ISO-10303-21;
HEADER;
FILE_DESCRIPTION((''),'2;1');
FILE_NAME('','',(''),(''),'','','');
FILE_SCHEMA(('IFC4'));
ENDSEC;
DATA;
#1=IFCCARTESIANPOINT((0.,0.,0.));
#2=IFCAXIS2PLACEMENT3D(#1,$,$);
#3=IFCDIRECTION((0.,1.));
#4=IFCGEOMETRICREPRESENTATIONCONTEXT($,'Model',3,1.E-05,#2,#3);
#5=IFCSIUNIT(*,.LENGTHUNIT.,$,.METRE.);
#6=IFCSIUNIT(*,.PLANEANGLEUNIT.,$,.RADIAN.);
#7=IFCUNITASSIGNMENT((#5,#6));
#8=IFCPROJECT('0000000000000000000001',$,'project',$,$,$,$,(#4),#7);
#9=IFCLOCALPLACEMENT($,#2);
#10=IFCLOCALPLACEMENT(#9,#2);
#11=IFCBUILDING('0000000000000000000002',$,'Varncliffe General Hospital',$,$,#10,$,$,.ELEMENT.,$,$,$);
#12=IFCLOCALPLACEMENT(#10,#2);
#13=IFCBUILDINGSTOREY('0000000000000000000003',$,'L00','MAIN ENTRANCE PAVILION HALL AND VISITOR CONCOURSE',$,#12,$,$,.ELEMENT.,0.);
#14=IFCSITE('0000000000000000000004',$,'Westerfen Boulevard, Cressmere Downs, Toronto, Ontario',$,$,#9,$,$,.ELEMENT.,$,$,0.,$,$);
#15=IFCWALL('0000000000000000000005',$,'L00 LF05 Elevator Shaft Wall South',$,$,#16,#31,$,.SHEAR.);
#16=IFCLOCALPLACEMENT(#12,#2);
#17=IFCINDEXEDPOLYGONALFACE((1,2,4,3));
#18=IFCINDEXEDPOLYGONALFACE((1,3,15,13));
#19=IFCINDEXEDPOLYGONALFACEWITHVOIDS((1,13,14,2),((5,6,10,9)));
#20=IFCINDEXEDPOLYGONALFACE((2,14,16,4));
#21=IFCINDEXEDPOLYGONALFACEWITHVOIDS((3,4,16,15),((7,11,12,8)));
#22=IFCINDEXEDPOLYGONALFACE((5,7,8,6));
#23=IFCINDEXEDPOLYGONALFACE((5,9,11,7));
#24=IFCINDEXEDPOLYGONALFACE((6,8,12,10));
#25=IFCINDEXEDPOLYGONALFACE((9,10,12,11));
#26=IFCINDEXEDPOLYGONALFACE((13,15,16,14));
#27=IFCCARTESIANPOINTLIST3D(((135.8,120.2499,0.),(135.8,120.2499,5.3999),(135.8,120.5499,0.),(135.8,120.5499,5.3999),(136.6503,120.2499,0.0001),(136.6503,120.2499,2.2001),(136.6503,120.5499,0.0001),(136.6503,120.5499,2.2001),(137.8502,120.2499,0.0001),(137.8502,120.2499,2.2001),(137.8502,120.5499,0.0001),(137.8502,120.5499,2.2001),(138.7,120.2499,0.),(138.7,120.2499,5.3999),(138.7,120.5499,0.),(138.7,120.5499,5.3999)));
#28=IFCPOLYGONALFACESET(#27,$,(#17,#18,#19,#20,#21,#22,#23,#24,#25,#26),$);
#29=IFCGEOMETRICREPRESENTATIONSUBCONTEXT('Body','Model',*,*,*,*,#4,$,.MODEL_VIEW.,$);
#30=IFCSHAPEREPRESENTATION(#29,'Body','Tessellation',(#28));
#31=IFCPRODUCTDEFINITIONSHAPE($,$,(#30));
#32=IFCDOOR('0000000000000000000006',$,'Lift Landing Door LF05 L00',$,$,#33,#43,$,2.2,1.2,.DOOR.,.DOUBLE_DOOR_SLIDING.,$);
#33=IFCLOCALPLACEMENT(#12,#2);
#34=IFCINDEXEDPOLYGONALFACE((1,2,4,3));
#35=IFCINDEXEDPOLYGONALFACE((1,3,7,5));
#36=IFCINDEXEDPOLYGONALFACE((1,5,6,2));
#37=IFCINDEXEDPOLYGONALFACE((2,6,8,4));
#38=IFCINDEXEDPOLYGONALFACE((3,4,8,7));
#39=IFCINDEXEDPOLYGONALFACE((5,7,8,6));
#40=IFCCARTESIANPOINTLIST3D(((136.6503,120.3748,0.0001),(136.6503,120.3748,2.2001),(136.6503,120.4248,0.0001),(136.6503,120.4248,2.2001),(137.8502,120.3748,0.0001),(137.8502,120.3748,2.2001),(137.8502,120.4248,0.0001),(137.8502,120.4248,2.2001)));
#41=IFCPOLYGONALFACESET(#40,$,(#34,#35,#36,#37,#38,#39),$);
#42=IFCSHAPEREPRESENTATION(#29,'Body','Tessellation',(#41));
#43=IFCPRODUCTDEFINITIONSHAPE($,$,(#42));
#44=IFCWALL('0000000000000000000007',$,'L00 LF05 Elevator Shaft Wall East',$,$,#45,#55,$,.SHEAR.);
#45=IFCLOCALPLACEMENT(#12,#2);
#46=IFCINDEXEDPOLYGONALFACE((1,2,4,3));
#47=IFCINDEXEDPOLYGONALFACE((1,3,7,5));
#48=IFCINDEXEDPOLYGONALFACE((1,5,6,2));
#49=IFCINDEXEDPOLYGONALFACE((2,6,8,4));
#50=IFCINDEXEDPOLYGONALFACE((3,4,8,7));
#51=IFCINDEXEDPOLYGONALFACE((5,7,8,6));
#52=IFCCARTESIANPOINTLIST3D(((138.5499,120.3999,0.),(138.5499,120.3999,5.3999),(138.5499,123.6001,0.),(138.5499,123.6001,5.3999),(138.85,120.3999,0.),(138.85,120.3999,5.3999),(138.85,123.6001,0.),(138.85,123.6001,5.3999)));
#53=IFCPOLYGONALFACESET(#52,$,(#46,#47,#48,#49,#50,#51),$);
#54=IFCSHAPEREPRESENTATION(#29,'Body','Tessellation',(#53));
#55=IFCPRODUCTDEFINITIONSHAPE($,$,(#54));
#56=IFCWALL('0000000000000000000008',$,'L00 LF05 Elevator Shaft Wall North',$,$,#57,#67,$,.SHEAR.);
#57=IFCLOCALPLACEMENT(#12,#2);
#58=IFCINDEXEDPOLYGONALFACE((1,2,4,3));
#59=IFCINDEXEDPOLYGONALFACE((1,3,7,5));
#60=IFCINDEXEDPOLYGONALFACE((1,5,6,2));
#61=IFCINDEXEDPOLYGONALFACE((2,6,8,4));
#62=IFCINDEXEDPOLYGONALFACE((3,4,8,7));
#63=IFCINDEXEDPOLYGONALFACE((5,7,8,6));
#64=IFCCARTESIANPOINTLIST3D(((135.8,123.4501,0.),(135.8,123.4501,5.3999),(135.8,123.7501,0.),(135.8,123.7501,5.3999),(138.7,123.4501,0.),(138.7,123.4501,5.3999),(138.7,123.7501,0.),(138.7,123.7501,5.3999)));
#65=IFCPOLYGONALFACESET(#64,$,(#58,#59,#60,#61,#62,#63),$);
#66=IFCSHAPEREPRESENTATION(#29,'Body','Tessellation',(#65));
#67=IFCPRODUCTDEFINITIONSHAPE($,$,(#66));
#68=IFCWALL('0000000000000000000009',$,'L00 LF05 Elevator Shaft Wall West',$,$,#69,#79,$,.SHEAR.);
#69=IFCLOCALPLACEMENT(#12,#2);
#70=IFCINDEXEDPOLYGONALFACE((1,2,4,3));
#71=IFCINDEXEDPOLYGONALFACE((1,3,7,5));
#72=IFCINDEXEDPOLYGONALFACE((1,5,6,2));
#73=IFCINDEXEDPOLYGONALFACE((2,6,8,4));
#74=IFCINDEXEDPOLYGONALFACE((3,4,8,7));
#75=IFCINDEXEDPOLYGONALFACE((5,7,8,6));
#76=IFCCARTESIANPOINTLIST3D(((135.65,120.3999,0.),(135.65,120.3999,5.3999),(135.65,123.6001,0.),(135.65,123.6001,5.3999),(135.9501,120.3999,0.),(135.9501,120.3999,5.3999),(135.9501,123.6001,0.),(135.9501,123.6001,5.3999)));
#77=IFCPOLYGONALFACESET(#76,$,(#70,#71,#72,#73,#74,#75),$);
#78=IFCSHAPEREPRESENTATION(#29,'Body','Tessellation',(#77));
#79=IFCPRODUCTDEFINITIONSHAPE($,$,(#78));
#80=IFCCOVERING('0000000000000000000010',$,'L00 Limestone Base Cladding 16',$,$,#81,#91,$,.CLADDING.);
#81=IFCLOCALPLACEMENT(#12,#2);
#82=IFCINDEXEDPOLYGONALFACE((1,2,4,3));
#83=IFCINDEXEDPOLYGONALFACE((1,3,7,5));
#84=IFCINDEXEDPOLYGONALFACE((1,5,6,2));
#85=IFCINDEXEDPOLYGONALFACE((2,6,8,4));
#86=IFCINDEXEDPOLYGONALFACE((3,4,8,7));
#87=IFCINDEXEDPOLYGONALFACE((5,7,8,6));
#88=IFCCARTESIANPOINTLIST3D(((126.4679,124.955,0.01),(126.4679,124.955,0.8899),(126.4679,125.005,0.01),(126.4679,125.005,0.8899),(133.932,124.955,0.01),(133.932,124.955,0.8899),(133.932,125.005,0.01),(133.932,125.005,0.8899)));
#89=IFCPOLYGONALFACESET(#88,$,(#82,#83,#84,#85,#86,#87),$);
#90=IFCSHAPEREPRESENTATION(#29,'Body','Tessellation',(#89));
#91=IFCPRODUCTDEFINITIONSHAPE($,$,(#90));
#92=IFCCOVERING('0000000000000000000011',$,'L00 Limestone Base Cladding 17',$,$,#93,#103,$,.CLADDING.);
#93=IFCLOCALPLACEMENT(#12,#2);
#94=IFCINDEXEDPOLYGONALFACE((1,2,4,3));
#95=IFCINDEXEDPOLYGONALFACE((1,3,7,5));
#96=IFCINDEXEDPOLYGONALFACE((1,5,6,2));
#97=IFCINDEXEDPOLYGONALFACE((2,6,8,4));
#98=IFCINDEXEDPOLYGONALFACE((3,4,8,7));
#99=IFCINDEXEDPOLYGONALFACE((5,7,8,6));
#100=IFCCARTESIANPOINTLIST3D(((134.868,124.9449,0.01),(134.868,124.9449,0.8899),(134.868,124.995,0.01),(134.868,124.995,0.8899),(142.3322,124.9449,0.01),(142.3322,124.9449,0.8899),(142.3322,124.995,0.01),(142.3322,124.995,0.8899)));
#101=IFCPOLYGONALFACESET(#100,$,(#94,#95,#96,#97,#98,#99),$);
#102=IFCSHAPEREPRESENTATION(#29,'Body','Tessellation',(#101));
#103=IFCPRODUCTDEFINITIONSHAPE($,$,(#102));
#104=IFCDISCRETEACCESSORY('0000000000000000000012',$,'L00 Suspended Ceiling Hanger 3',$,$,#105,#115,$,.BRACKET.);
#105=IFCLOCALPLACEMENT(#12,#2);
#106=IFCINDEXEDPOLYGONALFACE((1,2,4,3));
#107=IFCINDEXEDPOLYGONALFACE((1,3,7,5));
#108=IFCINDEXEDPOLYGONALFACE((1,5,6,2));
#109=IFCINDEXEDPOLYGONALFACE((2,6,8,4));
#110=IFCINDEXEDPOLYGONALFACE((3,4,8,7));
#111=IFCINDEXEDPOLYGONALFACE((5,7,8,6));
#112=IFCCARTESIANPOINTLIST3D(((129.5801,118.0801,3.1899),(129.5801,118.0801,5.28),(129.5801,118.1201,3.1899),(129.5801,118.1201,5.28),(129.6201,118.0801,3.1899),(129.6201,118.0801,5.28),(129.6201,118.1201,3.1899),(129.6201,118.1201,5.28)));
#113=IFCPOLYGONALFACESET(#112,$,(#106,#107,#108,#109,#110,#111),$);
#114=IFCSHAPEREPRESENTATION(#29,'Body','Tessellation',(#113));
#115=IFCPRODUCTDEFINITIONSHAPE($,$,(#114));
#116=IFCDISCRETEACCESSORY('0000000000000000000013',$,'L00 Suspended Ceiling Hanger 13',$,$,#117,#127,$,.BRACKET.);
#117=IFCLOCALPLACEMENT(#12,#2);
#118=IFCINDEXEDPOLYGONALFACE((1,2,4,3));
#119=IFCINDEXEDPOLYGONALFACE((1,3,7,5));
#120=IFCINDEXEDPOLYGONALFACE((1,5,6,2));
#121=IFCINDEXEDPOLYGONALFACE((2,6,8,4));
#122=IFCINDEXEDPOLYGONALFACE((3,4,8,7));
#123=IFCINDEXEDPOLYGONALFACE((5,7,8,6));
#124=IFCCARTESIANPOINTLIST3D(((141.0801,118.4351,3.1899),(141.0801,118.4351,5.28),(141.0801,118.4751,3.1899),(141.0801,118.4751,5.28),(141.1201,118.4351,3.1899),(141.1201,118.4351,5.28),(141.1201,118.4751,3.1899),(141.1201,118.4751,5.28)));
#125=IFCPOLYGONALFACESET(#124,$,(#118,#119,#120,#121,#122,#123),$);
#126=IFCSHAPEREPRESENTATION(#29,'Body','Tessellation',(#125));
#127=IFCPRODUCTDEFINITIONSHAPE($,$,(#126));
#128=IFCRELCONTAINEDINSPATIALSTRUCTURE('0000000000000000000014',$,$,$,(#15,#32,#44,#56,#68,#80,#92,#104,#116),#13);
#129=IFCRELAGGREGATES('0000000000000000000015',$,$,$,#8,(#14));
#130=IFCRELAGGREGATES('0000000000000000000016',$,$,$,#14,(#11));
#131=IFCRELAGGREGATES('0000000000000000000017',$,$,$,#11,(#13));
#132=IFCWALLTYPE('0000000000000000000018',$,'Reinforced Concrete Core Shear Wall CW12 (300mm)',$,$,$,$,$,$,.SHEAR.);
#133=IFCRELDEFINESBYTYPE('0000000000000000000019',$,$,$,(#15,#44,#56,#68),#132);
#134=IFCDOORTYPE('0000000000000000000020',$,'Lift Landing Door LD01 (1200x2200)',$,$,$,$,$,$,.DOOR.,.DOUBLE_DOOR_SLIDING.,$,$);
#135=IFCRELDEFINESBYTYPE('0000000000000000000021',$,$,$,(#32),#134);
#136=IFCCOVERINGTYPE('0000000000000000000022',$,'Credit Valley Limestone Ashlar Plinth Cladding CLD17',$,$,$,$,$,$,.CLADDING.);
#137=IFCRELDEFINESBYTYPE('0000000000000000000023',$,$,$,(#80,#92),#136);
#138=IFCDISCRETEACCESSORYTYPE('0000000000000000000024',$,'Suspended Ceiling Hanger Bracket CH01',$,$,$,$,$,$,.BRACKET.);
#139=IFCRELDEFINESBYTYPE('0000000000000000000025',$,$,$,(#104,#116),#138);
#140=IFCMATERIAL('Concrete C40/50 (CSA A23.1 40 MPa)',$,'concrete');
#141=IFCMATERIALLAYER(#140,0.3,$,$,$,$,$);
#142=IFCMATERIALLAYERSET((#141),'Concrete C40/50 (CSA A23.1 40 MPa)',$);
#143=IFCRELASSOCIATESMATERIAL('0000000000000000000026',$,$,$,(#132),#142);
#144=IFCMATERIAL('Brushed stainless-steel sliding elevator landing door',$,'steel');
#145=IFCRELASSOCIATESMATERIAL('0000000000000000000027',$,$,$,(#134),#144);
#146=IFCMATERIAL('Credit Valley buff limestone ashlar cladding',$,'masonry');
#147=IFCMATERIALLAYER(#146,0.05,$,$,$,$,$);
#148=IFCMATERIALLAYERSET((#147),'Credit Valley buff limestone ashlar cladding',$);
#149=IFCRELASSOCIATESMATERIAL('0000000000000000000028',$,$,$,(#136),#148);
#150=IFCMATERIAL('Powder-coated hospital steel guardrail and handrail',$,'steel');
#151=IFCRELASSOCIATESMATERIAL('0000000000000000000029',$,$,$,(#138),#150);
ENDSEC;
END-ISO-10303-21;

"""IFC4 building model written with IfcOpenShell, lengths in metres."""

from ifc_helpers import new_model, si_unit, direction, frame, frame_2d, origin, origin_2d, place, context, subcontext, project, spatial, rectangle, extrude, material, layer, layer_set, type_object, element, fill, save


model = new_model("IFC4")

# Units and contexts
model_context = context("Model", 3, precision=1e-05, world=origin(), true_north=direction((0.0, 1.0)))
body_context = subcontext(model_context, "Body", "Model", "MODEL_VIEW")
ifc_project = project(units=[si_unit("LENGTHUNIT", "METRE"), si_unit("PLANEANGLEUNIT", "RADIAN")], contexts=[model_context])

# Site, building, storey
site_placement = place(None, origin())
site = spatial("IfcSite", under=ifc_project, at=site_placement, Name="Westerfen Boulevard, Cressmere Downs, Toronto, Ontario", CompositionType="ELEMENT", RefElevation=0.0)
building_placement = place(site_placement, origin())
building = spatial("IfcBuilding", under=site, at=building_placement, Name="Varncliffe General Hospital", CompositionType="ELEMENT")
storey_placement = place(building_placement, origin())
storey = spatial("IfcBuildingStorey", under=building, at=storey_placement, Name="L00", Description="MAIN ENTRANCE PAVILION HALL AND VISITOR CONCOURSE", CompositionType="ELEMENT", Elevation=0.0)

# Shared definitions
ifc_material_1 = material(Name="Concrete C40/50 (CSA A23.1 40 MPa)", Category="concrete")

# Shared definitions
ifc_layer_1 = layer(ifc_material_1, 0.3)
ifc_layer_set_1 = layer_set([ifc_layer_1], Name="Concrete C40/50 (CSA A23.1 40 MPa)")
wall_type_1 = type_object("IfcWallType", Name="Reinforced Concrete Core Shear Wall CW12 (300mm)", PredefinedType="SHEAR", material=ifc_layer_set_1)
ifc_material_2 = material(Name="Brushed stainless-steel sliding elevator landing door", Category="steel")

# Wall, opening, door
wall_1_placement = place(storey_placement, frame((135.8, 120.3999, 0.0), z_axis=(0.0, 0.0, 1.0), x_axis=(1.0, 0.0, 0.0)))
wall_1 = element("IfcWall", 1, at=wall_1_placement, inside=storey, type_object=wall_type_1, Name="L00 LF05 Elevator Shaft Wall South", PredefinedType="SHEAR", context=body_context, shape_type="SweptSolid", body=[
    extrude(rectangle(XDim=2.8999, YDim=0.3, at=frame_2d((1.45, 0.0))), origin(), (0.0, 0.0, 1.0), 5.3999),
])
opening_1_placement = place(wall_1_placement, frame((0.8501, 0.0, 0.0)))
opening_1 = element("IfcOpeningElement", 2, at=opening_1_placement, cuts=wall_1, PredefinedType="OPENING", context=body_context, shape_type="SweptSolid", body=[
    extrude(rectangle(XDim=1.2, YDim=2.2, at=frame_2d((0.6001, 1.1001))), frame((0.0, 0.1602, 0.0), z_axis=(0.0, -1.0, 0.0), x_axis=(1.0, 0.0, 0.0)), (0.0, 0.0, 1.0), 0.3201),
])
door_type_1 = type_object("IfcDoorType", Name="Lift Landing Door LD01 (1200x2200)", OperationType="DOUBLE_DOOR_SLIDING", PredefinedType="DOOR", material=ifc_material_2)
door_1_placement = place(opening_1_placement, origin())
door_1 = element("IfcDoor", 3, at=door_1_placement, inside=storey, type_object=door_type_1, Name="Lift Landing Door LF05 L00", OperationType="DOUBLE_DOOR_SLIDING", OverallHeight=2.2, OverallWidth=1.2, PredefinedType="DOOR", context=body_context, shape_type="SweptSolid", body=[
    extrude(rectangle(XDim=1.2, YDim=2.2, at=frame_2d((0.6001, 1.1001))), frame((0.0, 0.0249, 0.0), z_axis=(0.0, -1.0, 0.0), x_axis=(1.0, 0.0, 0.0)), (0.0, 0.0, 1.0), 0.05),
])
fill(opening_1, door_1)

# Walls
wall_2_placement = place(storey_placement, frame((138.7, 120.3999, 0.0), z_axis=(0.0, 0.0, 1.0), x_axis=(0.0, 1.0, 0.0)))
element("IfcWall", 4, at=wall_2_placement, inside=storey, type_object=wall_type_1, Name="L00 LF05 Elevator Shaft Wall East", PredefinedType="SHEAR", context=body_context, shape_type="SweptSolid", body=[
    extrude(rectangle(XDim=3.2002, YDim=0.3, at=frame_2d((1.6001, 0.0))), origin(), (0.0, 0.0, 1.0), 5.3999),
])
wall_3_placement = place(storey_placement, frame((138.7, 123.6001, 0.0), z_axis=(0.0, 0.0, 1.0), x_axis=(-1.0, 0.0, 0.0)))
element("IfcWall", 5, at=wall_3_placement, inside=storey, type_object=wall_type_1, Name="L00 LF05 Elevator Shaft Wall North", PredefinedType="SHEAR", context=body_context, shape_type="SweptSolid", body=[
    extrude(rectangle(XDim=2.8999, YDim=0.3, at=frame_2d((1.45, 0.0))), origin(), (0.0, 0.0, 1.0), 5.3999),
])
wall_4_placement = place(storey_placement, frame((135.8, 123.6001, 0.0), z_axis=(0.0, 0.0, 1.0), x_axis=(0.0, -1.0, 0.0)))
element("IfcWall", 6, at=wall_4_placement, inside=storey, type_object=wall_type_1, Name="L00 LF05 Elevator Shaft Wall West", PredefinedType="SHEAR", context=body_context, shape_type="SweptSolid", body=[
    extrude(rectangle(XDim=3.2002, YDim=0.3, at=frame_2d((1.6001, 0.0))), origin(), (0.0, 0.0, 1.0), 5.3999),
])

# Coverings
ifc_material_3 = material(Name="Credit Valley buff limestone ashlar cladding", Category="masonry")
ifc_layer_2 = layer(ifc_material_3, 0.05)
ifc_layer_set_2 = layer_set([ifc_layer_2], Name="Credit Valley buff limestone ashlar cladding")
covering_type = type_object("IfcCoveringType", Name="Credit Valley Limestone Ashlar Plinth Cladding CLD17", PredefinedType="CLADDING", material=ifc_layer_set_2)
for number, where, z_axis, x_axis, name in (
    (7, (130.2, 124.98, 0.01), (0.0, 0.0, 1.0), (1.0, 0.0, 0.0), "L00 Limestone Base Cladding 16"),
    (8, (138.6001, 124.97, 0.01), (0.0, 0.0, 1.0), (1.0, 0.0, 0.0), "L00 Limestone Base Cladding 17"),
):
    element("IfcCovering", number, at=place(storey_placement, frame(where, z_axis=z_axis, x_axis=x_axis)), inside=storey, type_object=covering_type, Name=name, PredefinedType="CLADDING", context=body_context, shape_type="SweptSolid", body=[
        extrude(rectangle(XDim=7.4641, YDim=0.05, at=origin_2d()), origin(), (0.0, 0.0, 1.0), 0.8799),
    ])

# Discrete accessories
ifc_material_4 = material(Name="Powder-coated hospital steel guardrail and handrail", Category="steel")
discrete_accessory_type = type_object("IfcDiscreteAccessoryType", Name="Suspended Ceiling Hanger Bracket CH01", PredefinedType="BRACKET", material=ifc_material_4)
for number, where, z_axis, x_axis, name in (
    (9, (129.6001, 118.1001, 3.1899), (0.0, 0.0, 1.0), (1.0, 0.0, 0.0), "L00 Suspended Ceiling Hanger 3"),
    (10, (141.1001, 118.4551, 3.1899), (0.0, 0.0, 1.0), (1.0, 0.0, 0.0), "L00 Suspended Ceiling Hanger 13"),
):
    element("IfcDiscreteAccessory", number, at=place(storey_placement, frame(where, z_axis=z_axis, x_axis=x_axis)), inside=storey, type_object=discrete_accessory_type, Name=name, PredefinedType="BRACKET", context=body_context, shape_type="SweptSolid", body=[
        extrude(rectangle(XDim=0.04, YDim=0.04, at=origin_2d()), origin(), (0.0, 0.0, 1.0), 2.0901),
    ])

save(model, "model.ifc")
